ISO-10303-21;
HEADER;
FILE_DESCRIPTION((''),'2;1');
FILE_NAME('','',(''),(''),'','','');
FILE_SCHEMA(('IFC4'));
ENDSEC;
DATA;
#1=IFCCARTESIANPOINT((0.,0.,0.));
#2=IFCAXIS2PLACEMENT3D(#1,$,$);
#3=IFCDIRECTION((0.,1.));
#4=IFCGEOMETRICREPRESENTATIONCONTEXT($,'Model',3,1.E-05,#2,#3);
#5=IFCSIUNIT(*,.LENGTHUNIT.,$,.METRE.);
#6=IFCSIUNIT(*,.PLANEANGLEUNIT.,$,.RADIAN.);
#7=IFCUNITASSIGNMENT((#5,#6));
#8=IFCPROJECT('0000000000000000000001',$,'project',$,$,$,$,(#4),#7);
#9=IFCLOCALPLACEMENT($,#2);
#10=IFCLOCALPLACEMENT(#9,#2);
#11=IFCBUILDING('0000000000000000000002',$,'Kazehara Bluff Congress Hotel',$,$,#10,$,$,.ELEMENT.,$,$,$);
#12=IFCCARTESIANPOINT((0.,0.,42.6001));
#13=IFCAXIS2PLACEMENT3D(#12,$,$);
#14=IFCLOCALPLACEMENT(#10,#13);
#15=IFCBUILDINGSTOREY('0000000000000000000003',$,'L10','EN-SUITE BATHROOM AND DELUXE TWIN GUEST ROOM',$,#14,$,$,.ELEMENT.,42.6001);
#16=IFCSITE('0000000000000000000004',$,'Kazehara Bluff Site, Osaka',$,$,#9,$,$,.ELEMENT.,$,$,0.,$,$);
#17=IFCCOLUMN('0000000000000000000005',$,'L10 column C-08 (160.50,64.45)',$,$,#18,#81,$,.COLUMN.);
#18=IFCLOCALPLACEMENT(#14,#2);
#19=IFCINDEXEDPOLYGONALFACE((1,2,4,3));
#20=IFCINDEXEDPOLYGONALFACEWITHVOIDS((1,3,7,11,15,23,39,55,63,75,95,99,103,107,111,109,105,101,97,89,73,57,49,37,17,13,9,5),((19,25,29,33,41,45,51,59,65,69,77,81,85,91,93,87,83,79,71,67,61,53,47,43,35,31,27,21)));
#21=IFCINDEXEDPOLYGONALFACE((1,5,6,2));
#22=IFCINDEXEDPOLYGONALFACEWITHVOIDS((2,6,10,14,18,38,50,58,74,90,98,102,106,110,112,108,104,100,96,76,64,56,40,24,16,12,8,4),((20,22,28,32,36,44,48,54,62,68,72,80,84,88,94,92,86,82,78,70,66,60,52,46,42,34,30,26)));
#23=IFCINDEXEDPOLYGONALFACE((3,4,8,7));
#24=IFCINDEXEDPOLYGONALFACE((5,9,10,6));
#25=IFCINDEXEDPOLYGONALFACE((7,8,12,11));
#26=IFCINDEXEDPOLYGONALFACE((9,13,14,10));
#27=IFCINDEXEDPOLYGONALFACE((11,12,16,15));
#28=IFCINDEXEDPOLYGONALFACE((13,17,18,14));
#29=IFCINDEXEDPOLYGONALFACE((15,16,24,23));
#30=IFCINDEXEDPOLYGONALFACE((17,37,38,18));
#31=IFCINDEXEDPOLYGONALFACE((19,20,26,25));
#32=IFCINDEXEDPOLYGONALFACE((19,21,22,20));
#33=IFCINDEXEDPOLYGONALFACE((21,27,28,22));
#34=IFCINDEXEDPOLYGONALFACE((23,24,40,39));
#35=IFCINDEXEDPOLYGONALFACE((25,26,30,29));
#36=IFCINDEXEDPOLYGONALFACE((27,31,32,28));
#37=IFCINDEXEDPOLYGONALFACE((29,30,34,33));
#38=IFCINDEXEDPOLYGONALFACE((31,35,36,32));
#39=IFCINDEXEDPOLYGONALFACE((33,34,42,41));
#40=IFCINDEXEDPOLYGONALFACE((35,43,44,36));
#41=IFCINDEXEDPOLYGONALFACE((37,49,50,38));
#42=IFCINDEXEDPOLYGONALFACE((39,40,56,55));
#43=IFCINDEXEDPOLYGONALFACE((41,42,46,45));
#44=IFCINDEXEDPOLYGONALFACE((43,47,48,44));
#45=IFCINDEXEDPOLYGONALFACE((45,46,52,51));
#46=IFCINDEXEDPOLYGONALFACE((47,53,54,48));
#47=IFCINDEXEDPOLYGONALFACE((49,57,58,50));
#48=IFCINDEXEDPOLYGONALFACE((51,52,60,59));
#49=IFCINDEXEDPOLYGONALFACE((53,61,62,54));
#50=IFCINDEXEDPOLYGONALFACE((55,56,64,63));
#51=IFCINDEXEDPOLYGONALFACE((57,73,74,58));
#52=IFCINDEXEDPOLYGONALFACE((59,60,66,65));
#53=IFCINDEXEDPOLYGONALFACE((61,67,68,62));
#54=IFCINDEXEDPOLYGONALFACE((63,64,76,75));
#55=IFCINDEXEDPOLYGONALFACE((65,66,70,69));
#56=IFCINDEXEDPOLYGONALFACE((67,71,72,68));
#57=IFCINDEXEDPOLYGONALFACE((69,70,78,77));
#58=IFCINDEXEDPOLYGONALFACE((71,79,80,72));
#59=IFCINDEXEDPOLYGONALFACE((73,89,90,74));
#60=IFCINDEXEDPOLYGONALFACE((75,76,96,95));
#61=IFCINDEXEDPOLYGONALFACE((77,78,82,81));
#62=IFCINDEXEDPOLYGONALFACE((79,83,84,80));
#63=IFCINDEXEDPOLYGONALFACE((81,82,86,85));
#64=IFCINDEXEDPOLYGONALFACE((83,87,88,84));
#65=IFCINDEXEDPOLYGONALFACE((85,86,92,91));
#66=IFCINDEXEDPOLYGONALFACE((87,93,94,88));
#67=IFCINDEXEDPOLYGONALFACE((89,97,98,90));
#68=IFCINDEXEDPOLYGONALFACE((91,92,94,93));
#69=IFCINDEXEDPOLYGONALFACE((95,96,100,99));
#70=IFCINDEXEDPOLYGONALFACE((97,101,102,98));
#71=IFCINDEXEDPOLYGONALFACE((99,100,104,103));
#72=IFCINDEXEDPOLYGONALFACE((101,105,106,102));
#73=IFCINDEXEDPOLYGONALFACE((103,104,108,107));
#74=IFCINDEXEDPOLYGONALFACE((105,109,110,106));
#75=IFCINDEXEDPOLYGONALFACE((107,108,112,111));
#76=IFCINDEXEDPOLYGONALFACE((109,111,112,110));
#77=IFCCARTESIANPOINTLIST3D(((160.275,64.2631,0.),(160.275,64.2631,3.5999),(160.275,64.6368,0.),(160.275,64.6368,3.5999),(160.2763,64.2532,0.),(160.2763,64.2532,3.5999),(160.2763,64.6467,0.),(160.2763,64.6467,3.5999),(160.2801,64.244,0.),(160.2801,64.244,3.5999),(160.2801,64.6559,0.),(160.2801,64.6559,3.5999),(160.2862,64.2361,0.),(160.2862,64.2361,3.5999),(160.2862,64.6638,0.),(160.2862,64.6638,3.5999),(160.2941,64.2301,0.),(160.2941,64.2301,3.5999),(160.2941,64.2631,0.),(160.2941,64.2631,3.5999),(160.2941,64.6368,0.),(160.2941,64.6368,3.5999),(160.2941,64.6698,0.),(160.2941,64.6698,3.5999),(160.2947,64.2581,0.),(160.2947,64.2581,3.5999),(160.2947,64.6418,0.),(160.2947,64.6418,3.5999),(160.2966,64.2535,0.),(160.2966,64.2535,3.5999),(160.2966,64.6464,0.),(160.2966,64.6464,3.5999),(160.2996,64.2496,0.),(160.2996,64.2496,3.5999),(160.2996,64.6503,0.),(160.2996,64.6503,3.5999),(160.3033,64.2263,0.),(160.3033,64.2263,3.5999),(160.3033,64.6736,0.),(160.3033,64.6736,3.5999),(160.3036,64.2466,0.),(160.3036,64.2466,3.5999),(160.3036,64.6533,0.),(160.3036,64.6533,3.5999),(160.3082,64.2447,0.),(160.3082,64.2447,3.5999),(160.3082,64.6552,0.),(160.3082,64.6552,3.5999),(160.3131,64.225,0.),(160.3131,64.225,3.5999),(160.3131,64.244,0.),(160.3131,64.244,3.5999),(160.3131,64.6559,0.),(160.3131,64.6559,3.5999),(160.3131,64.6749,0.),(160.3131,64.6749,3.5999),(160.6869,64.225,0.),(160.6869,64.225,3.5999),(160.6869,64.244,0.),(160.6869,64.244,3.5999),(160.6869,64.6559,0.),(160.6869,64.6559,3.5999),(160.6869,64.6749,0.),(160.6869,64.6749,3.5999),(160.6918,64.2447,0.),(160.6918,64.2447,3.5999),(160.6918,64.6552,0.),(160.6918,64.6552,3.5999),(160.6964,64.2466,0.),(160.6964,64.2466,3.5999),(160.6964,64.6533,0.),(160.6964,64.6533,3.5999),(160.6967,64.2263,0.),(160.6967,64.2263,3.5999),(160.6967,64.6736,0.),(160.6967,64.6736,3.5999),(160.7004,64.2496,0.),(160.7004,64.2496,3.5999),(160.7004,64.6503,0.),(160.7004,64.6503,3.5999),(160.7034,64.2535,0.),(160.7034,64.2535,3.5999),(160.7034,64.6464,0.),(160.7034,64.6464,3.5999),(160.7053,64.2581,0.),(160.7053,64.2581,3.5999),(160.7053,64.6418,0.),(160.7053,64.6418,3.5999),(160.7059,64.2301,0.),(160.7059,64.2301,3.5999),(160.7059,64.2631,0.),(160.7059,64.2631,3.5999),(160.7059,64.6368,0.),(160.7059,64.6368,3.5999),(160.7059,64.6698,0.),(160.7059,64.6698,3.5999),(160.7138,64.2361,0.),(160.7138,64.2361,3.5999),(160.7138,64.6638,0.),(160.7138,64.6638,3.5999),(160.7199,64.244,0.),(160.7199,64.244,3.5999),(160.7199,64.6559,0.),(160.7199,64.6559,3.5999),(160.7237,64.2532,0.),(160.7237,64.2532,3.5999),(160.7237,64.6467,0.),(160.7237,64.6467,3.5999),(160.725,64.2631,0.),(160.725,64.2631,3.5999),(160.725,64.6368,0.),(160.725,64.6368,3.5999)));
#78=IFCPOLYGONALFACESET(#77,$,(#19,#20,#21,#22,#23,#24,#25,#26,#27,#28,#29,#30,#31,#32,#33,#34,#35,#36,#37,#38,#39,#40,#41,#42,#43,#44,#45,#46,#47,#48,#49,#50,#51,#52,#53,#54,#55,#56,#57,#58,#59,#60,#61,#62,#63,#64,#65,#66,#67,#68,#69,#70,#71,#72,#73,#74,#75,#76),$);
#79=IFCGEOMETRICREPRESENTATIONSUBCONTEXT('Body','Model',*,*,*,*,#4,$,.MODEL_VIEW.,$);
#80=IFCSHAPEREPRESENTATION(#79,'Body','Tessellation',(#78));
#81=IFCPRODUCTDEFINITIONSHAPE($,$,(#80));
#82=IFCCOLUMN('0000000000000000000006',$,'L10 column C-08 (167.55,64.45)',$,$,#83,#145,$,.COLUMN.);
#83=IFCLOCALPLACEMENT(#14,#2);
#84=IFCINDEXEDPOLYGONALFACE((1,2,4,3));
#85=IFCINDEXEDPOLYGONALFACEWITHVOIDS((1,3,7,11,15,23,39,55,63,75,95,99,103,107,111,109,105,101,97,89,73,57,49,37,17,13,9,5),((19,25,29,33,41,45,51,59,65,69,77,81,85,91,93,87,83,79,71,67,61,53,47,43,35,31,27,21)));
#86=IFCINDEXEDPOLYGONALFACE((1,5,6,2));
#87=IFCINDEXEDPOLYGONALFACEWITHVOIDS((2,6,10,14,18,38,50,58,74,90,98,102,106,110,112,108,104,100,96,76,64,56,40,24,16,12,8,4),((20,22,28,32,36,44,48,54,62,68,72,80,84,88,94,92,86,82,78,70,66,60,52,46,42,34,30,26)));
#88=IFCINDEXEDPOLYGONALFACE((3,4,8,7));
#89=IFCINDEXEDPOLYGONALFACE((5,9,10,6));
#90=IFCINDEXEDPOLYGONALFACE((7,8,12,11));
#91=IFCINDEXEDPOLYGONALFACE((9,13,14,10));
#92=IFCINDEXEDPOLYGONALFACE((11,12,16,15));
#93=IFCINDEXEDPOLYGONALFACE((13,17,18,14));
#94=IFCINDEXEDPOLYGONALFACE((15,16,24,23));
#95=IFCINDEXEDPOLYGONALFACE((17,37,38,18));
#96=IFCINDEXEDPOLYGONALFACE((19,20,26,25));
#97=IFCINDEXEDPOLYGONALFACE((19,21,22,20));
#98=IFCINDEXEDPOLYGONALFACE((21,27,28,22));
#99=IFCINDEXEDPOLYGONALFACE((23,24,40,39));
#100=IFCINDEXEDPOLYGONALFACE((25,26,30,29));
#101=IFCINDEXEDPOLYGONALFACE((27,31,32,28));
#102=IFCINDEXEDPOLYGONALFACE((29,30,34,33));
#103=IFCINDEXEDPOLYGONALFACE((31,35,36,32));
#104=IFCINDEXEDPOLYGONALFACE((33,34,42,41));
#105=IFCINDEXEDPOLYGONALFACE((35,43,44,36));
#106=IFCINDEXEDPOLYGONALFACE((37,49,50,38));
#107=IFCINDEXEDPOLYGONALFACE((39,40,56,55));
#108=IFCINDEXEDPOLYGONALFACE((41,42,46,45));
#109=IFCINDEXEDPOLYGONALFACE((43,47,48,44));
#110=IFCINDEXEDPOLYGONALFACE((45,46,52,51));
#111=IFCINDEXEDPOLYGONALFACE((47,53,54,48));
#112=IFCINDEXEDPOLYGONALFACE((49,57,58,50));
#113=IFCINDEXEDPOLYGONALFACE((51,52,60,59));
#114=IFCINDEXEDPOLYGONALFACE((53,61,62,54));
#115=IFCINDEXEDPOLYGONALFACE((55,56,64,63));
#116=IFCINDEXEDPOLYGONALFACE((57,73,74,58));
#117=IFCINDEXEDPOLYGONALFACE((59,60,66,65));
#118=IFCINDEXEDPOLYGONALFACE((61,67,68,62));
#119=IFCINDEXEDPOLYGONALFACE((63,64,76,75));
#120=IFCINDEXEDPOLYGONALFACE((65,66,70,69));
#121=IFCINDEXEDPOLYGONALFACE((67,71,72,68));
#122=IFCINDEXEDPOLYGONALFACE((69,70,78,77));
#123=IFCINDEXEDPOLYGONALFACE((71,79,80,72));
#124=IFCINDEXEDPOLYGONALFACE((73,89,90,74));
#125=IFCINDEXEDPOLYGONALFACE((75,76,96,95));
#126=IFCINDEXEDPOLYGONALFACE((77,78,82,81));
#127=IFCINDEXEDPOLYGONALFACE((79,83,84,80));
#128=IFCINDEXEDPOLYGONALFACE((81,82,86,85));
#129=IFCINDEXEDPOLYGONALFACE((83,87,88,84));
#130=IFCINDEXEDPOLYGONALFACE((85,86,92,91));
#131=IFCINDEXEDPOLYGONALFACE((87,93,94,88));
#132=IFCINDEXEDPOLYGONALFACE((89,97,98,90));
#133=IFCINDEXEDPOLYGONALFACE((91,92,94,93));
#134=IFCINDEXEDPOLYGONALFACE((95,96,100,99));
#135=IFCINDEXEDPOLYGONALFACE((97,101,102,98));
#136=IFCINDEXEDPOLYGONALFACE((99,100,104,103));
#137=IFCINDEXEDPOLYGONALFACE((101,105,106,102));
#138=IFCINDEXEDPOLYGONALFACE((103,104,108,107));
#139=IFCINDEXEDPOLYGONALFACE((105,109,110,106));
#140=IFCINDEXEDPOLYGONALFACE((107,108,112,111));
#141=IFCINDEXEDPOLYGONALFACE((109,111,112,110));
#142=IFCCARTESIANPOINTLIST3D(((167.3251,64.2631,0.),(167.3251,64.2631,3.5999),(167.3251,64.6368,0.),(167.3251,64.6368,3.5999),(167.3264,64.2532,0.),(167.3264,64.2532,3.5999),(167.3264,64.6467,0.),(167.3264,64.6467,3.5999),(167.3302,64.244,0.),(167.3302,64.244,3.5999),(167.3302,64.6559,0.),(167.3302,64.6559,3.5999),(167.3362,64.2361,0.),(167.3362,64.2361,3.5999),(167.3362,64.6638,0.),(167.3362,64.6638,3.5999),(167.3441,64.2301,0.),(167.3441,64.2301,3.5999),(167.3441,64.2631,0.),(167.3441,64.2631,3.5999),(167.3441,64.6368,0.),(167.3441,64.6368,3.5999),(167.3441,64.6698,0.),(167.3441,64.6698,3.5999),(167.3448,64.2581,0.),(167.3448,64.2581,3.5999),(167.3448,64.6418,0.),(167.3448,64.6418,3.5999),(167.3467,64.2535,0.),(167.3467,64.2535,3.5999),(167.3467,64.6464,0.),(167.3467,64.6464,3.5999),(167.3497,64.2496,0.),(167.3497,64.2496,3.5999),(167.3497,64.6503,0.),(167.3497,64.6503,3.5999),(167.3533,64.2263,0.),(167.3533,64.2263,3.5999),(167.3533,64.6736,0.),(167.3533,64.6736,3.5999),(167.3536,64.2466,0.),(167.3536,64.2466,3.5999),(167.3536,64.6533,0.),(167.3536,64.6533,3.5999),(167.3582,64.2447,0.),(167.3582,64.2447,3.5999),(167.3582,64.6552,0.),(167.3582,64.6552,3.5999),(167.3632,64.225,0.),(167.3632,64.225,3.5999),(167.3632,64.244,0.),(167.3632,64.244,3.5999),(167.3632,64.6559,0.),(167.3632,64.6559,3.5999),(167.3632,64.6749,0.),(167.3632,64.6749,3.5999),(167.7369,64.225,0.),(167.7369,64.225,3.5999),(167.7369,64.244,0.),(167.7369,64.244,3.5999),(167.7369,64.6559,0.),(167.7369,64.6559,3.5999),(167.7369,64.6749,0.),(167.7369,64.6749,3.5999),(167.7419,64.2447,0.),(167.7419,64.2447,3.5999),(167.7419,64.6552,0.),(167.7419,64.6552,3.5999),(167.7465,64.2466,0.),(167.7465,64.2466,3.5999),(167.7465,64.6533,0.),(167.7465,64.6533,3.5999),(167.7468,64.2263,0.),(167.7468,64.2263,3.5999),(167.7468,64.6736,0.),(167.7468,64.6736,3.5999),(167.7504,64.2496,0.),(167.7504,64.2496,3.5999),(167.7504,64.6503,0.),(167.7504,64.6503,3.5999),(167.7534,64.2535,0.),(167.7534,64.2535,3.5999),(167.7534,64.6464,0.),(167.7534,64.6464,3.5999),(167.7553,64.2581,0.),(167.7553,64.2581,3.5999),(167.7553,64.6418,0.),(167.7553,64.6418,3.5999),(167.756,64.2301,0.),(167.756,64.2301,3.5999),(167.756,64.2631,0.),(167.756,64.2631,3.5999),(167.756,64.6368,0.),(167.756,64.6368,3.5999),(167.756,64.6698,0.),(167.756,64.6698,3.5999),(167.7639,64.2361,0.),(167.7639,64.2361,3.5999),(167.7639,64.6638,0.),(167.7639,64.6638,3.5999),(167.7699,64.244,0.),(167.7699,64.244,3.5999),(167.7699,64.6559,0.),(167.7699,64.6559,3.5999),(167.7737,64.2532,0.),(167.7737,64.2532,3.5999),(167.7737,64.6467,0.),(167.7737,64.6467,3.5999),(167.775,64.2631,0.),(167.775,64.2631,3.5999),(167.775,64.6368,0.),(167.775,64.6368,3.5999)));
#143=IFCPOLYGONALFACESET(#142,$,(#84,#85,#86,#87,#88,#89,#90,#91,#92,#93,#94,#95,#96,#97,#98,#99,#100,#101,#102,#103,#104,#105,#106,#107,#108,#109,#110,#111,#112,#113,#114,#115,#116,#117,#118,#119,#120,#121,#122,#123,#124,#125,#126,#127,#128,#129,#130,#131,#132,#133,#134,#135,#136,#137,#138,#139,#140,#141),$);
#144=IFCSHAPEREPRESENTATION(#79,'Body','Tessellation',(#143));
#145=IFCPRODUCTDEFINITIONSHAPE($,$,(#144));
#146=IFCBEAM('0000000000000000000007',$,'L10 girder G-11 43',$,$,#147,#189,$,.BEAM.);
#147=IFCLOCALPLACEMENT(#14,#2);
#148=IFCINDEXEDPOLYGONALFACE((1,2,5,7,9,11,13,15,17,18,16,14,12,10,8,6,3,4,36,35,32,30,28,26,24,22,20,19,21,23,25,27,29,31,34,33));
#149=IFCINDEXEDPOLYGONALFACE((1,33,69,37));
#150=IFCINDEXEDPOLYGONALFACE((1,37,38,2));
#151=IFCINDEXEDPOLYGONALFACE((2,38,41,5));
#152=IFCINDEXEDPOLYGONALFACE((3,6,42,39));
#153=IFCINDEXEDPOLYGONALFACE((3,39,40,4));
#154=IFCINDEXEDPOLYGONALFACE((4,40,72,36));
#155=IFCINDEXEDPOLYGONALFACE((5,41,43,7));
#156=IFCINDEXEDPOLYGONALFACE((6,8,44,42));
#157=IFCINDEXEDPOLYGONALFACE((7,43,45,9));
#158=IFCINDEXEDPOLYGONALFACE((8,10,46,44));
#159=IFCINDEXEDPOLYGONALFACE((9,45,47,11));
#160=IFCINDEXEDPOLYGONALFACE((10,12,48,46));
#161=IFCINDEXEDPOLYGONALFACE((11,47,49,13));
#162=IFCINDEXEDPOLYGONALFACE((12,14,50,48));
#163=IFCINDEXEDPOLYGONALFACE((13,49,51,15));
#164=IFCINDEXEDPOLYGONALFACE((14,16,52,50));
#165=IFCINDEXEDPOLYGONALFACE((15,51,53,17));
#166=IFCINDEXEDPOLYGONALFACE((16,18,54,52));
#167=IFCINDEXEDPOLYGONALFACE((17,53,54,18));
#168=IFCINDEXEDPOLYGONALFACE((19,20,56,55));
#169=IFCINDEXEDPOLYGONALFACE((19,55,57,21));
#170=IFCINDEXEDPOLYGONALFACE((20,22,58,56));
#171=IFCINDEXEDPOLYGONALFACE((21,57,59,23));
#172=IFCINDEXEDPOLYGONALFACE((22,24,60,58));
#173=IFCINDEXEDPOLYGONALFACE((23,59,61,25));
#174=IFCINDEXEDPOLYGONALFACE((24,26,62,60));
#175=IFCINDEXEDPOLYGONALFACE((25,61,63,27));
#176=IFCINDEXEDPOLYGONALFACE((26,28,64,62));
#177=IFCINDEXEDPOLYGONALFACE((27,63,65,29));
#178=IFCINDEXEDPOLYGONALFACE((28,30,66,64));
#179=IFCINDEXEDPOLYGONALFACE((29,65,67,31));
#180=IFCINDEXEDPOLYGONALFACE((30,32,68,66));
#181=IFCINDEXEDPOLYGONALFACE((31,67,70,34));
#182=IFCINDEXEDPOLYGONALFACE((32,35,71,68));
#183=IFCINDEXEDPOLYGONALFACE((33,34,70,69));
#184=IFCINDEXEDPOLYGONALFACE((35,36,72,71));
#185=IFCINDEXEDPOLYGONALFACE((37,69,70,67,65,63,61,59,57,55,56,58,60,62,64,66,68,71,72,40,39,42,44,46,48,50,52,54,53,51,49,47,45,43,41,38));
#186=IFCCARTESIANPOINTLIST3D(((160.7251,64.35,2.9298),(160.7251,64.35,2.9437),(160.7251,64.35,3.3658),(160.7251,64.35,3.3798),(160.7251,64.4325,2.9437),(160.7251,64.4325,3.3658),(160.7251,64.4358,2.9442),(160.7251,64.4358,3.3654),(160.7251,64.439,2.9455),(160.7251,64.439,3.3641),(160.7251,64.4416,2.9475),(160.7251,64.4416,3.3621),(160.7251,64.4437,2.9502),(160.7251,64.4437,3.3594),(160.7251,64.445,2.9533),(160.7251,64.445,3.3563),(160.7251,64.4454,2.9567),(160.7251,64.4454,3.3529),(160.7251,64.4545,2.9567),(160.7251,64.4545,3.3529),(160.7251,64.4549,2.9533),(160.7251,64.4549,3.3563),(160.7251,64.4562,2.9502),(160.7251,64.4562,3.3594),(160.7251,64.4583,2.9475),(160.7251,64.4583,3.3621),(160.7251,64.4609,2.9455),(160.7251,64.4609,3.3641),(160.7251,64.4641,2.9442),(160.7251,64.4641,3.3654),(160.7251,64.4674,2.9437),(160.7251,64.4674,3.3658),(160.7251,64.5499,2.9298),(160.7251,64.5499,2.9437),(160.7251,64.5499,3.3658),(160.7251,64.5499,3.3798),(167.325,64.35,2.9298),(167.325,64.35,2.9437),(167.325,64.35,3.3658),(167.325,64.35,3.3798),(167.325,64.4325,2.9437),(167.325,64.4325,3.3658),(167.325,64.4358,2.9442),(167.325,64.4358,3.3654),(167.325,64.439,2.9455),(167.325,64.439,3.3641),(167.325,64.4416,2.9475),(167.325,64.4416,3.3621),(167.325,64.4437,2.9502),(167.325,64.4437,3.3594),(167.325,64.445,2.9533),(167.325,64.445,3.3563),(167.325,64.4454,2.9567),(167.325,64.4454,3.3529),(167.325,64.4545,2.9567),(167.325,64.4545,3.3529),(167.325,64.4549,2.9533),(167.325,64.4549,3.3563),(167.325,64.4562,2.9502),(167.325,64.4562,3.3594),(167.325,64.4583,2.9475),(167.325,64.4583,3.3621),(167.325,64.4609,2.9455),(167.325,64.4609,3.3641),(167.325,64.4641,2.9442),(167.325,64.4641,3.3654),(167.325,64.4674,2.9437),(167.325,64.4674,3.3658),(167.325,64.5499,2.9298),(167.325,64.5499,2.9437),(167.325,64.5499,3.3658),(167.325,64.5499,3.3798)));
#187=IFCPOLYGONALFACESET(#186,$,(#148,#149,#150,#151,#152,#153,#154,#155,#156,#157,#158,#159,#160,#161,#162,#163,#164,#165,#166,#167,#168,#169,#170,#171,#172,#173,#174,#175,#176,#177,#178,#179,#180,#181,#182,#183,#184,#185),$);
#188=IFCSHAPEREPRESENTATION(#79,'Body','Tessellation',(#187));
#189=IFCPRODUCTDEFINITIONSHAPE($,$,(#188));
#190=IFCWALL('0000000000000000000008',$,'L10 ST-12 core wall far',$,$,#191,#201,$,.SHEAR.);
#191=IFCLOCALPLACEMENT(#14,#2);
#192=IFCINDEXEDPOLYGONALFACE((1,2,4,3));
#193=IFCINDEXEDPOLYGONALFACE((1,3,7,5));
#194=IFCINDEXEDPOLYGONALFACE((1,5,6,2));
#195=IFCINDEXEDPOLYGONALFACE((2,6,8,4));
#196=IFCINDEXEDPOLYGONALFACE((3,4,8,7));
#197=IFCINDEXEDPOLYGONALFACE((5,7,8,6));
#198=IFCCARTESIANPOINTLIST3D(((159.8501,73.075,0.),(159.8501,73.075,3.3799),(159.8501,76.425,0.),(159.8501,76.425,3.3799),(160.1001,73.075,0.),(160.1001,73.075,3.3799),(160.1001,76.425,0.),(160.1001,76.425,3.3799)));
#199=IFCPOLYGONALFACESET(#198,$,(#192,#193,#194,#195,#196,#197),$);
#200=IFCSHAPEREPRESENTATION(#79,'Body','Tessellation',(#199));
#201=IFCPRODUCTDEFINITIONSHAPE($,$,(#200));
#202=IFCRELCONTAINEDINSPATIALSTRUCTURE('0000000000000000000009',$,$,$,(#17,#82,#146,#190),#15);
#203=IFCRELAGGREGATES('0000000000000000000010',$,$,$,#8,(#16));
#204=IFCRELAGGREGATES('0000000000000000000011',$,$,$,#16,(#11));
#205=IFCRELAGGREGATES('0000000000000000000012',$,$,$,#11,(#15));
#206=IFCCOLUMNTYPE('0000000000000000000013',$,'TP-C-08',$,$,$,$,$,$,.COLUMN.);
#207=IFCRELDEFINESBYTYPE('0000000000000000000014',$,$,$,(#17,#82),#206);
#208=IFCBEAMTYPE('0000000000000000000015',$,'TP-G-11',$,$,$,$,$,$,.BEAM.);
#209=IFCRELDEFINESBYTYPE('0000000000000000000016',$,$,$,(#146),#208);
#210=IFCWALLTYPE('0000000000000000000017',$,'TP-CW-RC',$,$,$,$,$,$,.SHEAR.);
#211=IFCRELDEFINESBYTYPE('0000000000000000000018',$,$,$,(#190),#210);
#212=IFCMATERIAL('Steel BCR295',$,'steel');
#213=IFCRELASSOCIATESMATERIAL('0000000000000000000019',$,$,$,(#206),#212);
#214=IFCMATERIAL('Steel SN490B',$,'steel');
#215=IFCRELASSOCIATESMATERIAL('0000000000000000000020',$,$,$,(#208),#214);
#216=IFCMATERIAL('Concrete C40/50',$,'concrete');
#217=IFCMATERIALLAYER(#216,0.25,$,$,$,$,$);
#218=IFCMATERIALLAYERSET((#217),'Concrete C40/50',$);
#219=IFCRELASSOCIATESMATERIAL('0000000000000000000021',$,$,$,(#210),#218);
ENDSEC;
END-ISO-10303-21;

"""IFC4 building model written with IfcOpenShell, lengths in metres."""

from ifc_helpers import new_model, si_unit, direction, frame, frame_2d, origin, origin_2d, place, context, subcontext, project, spatial, rectangle, hollow_rectangle, i_section, extrude, material, layer, layer_set, material_profile, profile_set, type_object, element, save


model = new_model("IFC4")

# Units and contexts
model_context = context("Model", 3, precision=1e-05, world=origin(), true_north=direction((0.0, 1.0)))
body_context = subcontext(model_context, "Body", "Model", "MODEL_VIEW")
ifc_project = project(units=[si_unit("LENGTHUNIT", "METRE"), si_unit("PLANEANGLEUNIT", "RADIAN")], contexts=[model_context])

# Site, building, storey
site_placement = place(None, origin())
site = spatial("IfcSite", under=ifc_project, at=site_placement, Name="Kazehara Bluff Site, Osaka", CompositionType="ELEMENT", RefElevation=0.0)
building_placement = place(site_placement, origin())
building = spatial("IfcBuilding", under=site, at=building_placement, Name="Kazehara Bluff Congress Hotel", CompositionType="ELEMENT")
storey_placement = place(building_placement, frame((0.0, 0.0, 42.6001)))
storey = spatial("IfcBuildingStorey", under=building, at=storey_placement, Name="L10", Description="EN-SUITE BATHROOM AND DELUXE TWIN GUEST ROOM", CompositionType="ELEMENT", Elevation=42.6001)

# Columns
ifc_material_1 = material(Name="Steel BCR295", Category="steel")
ifc_material_profile_1 = material_profile(ifc_material_1, hollow_rectangle(XDim=0.45, YDim=0.45, WallThickness=0.019, InnerFilletRadius=0.019, OuterFilletRadius=0.0381, at=origin_2d()))
ifc_profile_set_1 = profile_set([ifc_material_profile_1], Name="Steel BCR295")
column_type = type_object("IfcColumnType", Name="TP-C-08", PredefinedType="COLUMN", material=ifc_profile_set_1)
for number, where, z_axis, x_axis, name in (
    (1, (160.5, 64.45, 0.0), (0.0, 0.0, 1.0), (1.0, 0.0, 0.0), "L10 column C-08 (160.50,64.45)"),
    (2, (167.55, 64.45, 0.0), (0.0, 0.0, 1.0), (1.0, 0.0, 0.0), "L10 column C-08 (167.55,64.45)"),
):
    element("IfcColumn", number, at=place(storey_placement, frame(where, z_axis=z_axis, x_axis=x_axis)), inside=storey, type_object=column_type, Name=name, PredefinedType="COLUMN", context=body_context, shape_type="SweptSolid", body=[
        extrude(hollow_rectangle(XDim=0.45, YDim=0.45, WallThickness=0.019, InnerFilletRadius=0.019, OuterFilletRadius=0.0381, at=origin_2d()), origin(), (0.0, 0.0, 1.0), 3.5999),
    ])

# Beam
ifc_material_2 = material(Name="Steel SN490B", Category="steel")
ifc_material_profile_2 = material_profile(ifc_material_2, i_section(OverallWidth=0.2, OverallDepth=0.45, WebThickness=0.009, FlangeThickness=0.0139, FilletRadius=0.0129, at=origin_2d()))
ifc_profile_set_2 = profile_set([ifc_material_profile_2], Name="Steel SN490B")
beam_type = type_object("IfcBeamType", Name="TP-G-11", PredefinedType="BEAM", material=ifc_profile_set_2)
beam_placement = place(storey_placement, frame((160.7251, 64.45, 3.1548), z_axis=(1.0, 0.0, 0.0), x_axis=(0.0, 1.0, 0.0)))
element("IfcBeam", 3, at=beam_placement, inside=storey, type_object=beam_type, Name="L10 girder G-11 43", PredefinedType="BEAM", context=body_context, shape_type="SweptSolid", body=[
    extrude(i_section(OverallWidth=0.2, OverallDepth=0.45, WebThickness=0.009, FlangeThickness=0.0139, FilletRadius=0.0129, at=origin_2d()), origin(), (0.0, 0.0, 1.0), 6.5999),
])

# Wall
ifc_material_3 = material(Name="Concrete C40/50", Category="concrete")
ifc_layer_1 = layer(ifc_material_3, 0.25)
ifc_layer_set_1 = layer_set([ifc_layer_1], Name="Concrete C40/50")
wall_type_1 = type_object("IfcWallType", Name="TP-CW-RC", PredefinedType="SHEAR", material=ifc_layer_set_1)
wall_1_placement = place(storey_placement, frame((159.9751, 73.075, 0.0), z_axis=(0.0, 0.0, 1.0), x_axis=(0.0, 1.0, 0.0)))
element("IfcWall", 4, at=wall_1_placement, inside=storey, type_object=wall_type_1, Name="L10 ST-12 core wall far", PredefinedType="SHEAR", context=body_context, shape_type="SweptSolid", body=[
    extrude(rectangle(XDim=3.3501, YDim=0.25, at=frame_2d((1.675, 0.0))), origin(), (0.0, 0.0, 1.0), 3.3799),
])

save(model, "model.ifc")
